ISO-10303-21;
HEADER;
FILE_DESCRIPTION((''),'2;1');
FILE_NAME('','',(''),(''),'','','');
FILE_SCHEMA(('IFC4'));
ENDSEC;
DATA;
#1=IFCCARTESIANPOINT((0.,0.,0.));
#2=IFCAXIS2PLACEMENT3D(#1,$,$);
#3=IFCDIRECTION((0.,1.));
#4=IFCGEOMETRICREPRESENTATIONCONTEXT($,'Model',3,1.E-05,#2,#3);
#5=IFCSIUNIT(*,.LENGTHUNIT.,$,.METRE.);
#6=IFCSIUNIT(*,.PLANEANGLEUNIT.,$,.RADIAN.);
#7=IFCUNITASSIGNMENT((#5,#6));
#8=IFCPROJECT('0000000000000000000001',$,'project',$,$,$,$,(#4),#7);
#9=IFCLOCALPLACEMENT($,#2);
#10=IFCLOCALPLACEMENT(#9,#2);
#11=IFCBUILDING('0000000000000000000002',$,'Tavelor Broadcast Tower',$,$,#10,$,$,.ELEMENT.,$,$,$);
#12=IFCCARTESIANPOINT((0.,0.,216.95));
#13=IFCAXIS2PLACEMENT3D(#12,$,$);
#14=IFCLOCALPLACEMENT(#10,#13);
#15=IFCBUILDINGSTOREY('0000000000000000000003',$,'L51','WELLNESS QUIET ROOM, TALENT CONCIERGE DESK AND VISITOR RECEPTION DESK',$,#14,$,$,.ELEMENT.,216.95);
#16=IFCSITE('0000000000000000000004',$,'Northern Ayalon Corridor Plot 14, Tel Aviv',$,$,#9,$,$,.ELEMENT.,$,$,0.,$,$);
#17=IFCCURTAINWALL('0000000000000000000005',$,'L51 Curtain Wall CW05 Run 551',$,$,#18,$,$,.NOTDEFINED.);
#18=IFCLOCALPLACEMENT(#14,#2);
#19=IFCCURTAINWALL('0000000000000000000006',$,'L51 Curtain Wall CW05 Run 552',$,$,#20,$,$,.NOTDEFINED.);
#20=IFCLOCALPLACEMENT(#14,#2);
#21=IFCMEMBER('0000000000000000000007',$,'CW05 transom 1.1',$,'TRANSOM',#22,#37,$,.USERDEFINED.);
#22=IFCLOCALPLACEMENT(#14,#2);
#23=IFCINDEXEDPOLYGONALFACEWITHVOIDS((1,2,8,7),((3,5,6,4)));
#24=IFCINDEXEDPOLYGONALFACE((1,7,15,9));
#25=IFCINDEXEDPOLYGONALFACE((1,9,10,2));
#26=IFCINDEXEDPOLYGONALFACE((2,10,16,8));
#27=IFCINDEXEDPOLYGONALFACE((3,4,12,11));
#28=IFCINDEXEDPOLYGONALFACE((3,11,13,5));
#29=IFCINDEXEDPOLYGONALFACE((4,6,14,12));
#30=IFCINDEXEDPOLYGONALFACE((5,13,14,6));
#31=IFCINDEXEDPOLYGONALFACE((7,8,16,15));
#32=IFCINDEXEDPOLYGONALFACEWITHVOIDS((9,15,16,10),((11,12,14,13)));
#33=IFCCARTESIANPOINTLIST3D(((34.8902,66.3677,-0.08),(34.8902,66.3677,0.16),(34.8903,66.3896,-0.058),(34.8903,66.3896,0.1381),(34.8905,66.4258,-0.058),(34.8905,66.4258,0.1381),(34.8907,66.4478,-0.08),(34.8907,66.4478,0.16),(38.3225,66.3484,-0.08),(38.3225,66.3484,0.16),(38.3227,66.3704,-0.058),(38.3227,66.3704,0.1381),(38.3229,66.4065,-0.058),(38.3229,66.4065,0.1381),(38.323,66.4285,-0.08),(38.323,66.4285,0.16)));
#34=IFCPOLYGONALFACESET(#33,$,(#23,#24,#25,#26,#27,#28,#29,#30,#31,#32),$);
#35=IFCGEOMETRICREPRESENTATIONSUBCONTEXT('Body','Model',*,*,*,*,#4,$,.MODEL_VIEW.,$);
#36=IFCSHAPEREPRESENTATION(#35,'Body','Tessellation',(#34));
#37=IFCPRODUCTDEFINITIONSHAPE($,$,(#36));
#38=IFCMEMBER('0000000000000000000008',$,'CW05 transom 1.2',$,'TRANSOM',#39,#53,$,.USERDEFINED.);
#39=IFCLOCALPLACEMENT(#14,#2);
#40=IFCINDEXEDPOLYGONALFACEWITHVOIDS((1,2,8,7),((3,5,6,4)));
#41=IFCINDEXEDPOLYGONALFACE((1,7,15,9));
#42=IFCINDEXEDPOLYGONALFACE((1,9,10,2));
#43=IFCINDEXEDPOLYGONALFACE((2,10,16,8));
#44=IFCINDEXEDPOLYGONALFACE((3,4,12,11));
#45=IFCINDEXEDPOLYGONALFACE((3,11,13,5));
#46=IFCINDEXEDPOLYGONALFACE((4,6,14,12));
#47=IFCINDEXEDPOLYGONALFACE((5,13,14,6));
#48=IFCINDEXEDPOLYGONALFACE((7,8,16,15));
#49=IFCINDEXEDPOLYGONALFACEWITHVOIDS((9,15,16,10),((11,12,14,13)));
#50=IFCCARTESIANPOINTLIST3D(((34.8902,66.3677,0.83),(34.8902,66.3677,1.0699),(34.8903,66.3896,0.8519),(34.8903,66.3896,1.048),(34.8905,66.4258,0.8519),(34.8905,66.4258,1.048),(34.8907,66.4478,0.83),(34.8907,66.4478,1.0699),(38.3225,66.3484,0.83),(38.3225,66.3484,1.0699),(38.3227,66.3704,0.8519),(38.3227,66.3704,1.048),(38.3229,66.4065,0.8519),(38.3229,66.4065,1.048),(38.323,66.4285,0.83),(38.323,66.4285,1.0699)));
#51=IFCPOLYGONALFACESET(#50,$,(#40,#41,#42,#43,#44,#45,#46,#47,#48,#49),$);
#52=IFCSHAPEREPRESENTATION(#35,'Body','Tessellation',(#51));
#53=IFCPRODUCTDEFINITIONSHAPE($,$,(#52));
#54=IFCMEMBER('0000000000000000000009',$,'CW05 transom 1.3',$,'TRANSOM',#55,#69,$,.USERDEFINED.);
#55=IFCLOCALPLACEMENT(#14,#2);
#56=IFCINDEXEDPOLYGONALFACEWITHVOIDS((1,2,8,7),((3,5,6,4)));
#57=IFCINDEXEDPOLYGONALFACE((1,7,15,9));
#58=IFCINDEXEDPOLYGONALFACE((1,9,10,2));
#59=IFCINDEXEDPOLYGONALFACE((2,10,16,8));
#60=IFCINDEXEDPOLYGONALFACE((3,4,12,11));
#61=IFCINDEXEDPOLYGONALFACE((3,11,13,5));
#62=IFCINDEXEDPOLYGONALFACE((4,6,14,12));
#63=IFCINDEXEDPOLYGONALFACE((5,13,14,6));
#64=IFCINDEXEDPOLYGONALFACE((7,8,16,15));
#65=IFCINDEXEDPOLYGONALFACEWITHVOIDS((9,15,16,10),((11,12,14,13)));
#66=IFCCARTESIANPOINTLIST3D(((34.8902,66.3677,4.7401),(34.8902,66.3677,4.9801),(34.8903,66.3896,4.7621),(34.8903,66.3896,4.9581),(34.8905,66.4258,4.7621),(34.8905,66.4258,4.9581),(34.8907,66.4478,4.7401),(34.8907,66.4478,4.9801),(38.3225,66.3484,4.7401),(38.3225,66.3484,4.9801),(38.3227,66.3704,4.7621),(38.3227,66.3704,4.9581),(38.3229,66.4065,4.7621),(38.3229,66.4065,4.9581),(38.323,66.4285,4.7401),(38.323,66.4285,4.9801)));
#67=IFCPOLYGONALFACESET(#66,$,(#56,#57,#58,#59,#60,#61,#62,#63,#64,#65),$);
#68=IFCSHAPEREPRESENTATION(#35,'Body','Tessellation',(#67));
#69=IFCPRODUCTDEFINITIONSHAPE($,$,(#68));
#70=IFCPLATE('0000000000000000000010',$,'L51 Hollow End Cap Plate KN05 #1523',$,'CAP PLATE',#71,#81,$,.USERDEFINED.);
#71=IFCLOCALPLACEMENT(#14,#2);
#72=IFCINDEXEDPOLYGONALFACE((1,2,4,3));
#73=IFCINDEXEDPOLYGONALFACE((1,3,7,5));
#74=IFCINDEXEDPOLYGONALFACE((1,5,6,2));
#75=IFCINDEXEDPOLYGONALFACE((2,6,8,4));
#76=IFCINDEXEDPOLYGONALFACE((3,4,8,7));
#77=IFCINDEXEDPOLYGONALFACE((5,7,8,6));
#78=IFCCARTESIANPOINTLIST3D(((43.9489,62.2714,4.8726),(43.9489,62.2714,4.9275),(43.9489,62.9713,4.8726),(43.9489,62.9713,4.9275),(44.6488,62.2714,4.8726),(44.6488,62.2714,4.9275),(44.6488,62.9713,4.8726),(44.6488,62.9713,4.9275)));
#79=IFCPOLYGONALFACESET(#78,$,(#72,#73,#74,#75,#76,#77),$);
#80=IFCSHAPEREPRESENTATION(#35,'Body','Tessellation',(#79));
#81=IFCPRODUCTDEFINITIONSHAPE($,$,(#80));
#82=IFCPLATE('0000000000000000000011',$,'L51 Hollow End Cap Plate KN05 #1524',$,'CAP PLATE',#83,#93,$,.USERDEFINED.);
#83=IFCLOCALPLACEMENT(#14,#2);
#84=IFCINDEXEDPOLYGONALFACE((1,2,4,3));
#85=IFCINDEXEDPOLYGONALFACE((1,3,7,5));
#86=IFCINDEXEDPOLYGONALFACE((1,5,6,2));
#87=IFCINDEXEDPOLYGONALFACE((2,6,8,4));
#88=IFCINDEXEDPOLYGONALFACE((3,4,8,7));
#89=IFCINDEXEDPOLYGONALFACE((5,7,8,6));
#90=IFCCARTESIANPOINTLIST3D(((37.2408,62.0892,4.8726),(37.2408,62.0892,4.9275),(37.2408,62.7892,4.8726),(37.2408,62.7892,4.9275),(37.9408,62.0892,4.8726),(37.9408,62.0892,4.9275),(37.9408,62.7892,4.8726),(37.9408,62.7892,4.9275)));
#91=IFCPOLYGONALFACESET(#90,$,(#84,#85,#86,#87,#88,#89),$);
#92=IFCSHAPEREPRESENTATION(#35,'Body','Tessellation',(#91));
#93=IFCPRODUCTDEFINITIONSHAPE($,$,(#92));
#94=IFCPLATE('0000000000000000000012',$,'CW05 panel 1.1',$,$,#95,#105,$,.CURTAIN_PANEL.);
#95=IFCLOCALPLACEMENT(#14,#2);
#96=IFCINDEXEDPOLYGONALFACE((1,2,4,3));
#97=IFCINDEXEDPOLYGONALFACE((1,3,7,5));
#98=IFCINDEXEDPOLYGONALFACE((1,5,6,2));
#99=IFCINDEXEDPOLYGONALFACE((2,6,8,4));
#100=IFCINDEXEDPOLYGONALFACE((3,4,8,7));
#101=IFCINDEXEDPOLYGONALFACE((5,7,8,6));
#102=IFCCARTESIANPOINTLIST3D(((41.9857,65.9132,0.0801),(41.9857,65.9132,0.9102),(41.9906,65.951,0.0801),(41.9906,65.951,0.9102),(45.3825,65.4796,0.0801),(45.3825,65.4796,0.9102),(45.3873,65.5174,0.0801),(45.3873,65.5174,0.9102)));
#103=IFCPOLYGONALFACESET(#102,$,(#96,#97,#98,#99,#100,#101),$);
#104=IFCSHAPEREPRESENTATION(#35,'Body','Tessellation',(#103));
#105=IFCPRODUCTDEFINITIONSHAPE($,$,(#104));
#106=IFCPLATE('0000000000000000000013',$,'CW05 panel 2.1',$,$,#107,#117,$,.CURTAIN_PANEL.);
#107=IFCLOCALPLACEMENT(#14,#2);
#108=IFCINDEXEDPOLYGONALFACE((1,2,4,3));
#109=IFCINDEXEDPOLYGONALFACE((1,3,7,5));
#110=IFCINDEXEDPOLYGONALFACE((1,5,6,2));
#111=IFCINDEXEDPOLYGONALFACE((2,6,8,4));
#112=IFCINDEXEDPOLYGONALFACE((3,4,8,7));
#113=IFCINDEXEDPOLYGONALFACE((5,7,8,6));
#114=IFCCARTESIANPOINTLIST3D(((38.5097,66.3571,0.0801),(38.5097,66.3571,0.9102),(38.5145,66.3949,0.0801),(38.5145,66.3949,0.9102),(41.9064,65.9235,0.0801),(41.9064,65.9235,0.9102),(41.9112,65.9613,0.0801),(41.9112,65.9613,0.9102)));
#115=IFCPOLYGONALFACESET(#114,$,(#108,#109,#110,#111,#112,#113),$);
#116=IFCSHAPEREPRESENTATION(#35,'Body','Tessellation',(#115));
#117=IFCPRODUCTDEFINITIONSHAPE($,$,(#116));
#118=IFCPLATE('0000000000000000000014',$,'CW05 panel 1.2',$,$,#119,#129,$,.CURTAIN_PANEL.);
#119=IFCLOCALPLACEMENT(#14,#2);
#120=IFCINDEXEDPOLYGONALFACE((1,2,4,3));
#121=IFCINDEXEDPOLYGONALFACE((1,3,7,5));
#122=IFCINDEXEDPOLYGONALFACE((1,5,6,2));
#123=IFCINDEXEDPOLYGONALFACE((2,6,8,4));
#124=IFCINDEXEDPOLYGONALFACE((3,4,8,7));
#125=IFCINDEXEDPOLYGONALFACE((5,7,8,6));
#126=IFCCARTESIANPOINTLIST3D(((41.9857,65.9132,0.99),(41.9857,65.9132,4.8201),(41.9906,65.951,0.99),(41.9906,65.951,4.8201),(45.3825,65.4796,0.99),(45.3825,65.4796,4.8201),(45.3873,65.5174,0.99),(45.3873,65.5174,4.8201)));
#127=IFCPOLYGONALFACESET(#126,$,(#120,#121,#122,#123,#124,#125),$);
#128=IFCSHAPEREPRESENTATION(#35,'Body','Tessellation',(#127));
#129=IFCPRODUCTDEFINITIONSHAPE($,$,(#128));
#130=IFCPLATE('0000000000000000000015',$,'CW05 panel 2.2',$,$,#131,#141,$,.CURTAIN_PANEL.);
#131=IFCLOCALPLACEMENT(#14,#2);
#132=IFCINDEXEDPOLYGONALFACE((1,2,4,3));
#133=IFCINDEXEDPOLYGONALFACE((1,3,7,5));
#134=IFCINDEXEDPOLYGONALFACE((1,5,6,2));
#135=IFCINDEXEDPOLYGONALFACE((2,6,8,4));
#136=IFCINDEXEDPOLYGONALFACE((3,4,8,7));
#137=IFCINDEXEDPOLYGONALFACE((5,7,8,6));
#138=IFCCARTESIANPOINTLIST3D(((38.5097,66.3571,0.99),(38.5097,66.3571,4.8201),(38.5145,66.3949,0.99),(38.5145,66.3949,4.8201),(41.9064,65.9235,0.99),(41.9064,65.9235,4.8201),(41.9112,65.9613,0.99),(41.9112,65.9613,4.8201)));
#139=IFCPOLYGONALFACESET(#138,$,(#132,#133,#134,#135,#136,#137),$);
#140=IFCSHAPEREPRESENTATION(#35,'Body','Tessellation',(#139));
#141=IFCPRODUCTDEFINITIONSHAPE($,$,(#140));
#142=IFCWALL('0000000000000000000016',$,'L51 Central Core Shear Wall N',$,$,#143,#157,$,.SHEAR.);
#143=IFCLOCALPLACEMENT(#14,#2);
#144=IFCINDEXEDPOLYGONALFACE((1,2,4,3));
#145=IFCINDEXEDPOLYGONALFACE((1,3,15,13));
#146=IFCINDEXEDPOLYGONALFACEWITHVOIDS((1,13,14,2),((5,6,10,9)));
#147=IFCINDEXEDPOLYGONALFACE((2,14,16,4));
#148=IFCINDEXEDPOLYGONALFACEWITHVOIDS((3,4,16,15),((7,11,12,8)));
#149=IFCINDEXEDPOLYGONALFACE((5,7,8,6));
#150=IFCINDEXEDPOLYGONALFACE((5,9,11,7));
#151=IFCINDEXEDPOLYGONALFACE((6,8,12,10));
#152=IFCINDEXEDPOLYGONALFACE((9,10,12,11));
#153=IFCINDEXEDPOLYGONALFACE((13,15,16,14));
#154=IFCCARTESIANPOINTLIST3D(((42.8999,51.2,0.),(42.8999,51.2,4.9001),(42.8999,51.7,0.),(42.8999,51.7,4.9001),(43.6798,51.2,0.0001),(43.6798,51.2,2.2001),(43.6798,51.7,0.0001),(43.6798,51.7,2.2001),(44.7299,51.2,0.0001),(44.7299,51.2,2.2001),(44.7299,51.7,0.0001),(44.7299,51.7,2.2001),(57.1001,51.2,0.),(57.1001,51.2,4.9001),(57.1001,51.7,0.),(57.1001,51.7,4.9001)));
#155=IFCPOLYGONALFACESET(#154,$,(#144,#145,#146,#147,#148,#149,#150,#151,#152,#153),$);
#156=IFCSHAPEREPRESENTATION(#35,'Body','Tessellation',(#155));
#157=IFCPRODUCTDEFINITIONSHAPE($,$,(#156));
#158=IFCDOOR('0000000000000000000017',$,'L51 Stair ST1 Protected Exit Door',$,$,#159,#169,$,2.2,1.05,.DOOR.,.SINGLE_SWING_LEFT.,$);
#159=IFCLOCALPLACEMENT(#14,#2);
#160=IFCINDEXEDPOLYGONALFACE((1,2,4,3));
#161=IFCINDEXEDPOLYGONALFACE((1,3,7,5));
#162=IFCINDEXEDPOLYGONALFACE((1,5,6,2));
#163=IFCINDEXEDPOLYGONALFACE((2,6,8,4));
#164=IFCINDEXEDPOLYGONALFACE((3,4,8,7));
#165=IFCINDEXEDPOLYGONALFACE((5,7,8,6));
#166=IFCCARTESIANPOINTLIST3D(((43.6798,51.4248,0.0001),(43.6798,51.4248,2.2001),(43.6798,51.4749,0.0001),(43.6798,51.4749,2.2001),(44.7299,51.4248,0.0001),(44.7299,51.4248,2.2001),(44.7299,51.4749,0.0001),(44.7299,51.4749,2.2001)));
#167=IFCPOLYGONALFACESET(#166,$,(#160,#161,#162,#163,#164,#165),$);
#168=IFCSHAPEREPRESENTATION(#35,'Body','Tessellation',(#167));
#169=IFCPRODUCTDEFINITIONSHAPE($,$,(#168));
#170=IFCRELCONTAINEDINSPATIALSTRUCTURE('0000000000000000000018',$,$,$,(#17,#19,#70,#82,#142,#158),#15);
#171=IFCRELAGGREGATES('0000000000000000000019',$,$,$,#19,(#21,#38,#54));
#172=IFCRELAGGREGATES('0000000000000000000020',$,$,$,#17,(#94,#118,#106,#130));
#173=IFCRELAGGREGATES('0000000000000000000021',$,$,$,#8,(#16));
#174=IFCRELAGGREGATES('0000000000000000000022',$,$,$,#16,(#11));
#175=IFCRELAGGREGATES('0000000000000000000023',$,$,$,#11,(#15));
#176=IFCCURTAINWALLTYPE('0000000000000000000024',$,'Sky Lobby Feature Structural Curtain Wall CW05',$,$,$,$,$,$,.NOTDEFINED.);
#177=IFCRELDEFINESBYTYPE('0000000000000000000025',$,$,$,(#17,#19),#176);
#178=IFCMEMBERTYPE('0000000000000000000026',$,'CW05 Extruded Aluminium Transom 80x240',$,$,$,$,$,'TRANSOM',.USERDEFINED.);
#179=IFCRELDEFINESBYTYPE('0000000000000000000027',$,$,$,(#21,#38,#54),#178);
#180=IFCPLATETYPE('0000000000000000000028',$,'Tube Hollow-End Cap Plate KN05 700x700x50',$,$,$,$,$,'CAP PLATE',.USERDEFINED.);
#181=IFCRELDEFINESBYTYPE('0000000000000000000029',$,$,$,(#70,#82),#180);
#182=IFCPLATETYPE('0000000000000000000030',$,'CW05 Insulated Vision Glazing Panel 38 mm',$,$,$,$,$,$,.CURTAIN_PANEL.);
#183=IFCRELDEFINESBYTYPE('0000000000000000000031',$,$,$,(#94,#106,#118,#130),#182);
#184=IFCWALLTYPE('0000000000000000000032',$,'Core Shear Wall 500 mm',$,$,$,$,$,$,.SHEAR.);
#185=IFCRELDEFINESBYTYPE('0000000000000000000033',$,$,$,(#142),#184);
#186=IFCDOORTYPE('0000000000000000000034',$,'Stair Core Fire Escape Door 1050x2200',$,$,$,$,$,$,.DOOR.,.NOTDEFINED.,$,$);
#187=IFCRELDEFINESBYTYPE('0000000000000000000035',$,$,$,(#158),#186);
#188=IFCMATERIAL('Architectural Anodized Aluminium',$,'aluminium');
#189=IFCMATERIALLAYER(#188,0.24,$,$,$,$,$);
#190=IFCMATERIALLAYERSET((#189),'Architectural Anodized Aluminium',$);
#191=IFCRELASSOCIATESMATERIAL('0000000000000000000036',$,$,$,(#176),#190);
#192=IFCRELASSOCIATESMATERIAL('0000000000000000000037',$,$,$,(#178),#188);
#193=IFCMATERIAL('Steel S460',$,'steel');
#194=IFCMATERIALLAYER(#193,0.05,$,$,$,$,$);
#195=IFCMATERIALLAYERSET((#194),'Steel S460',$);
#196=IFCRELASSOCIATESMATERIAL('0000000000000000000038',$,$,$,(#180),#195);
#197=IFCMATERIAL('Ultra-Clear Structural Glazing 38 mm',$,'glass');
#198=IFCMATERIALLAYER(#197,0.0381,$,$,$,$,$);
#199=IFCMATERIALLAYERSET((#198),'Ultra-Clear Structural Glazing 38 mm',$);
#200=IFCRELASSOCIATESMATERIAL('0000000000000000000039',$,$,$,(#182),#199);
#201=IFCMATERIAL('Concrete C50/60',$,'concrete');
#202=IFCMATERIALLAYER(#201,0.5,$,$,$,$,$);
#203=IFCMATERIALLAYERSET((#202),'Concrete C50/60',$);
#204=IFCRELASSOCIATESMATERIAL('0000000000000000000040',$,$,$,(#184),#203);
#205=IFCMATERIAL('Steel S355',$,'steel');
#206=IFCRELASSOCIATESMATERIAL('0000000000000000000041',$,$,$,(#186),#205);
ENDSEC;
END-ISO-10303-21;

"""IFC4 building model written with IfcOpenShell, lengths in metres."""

from ifc_helpers import new_model, si_unit, direction, frame, frame_2d, origin, origin_2d, place, context, subcontext, project, spatial, rectangle, hollow_rectangle, extrude, source, transform, mapped, material, layer, layer_set, material_profile, profile_set, type_object, type_shapes, element, fill, aggregate, save


model = new_model("IFC4")

# Units and contexts
model_context = context("Model", 3, precision=1e-05, world=origin(), true_north=direction((0.0, 1.0)))
body_context = subcontext(model_context, "Body", "Model", "MODEL_VIEW")
ifc_project = project(units=[si_unit("LENGTHUNIT", "METRE"), si_unit("PLANEANGLEUNIT", "RADIAN")], contexts=[model_context])

# Site, building, storey
site_placement = place(None, origin())
site = spatial("IfcSite", under=ifc_project, at=site_placement, Name="Northern Ayalon Corridor Plot 14, Tel Aviv", CompositionType="ELEMENT", RefElevation=0.0)
building_placement = place(site_placement, origin())
building = spatial("IfcBuilding", under=site, at=building_placement, Name="Tavelor Broadcast Tower", CompositionType="ELEMENT")
storey_placement = place(building_placement, frame((0.0, 0.0, 216.95)))
storey = spatial("IfcBuildingStorey", under=building, at=storey_placement, Name="L51", Description="WELLNESS QUIET ROOM, TALENT CONCIERGE DESK AND VISITOR RECEPTION DESK", CompositionType="ELEMENT", Elevation=216.95)

# Shared definitions
ifc_material_1 = material(Name="Steel S460", Category="steel")

# Shared definitions
ifc_material_2 = material(Name="Steel S355", Category="steel")

# Curtain wall
ifc_material_3 = material(Name="Architectural Anodized Aluminium", Category="aluminium")
ifc_layer_1 = layer(ifc_material_3, 0.24)
ifc_layer_set_1 = layer_set([ifc_layer_1], Name="Architectural Anodized Aluminium")
curtain_wall_type = type_object("IfcCurtainWallType", Name="Sky Lobby Feature Structural Curtain Wall CW05", PredefinedType="NOTDEFINED", material=ifc_layer_set_1)
curtain_wall_1_placement = place(storey_placement, origin())
curtain_wall_1 = element("IfcCurtainWall", 1, at=curtain_wall_1_placement, inside=storey, type_object=curtain_wall_type, Name="L51 Curtain Wall CW05 Run 551", PredefinedType="NOTDEFINED")

# Curtain wall
curtain_wall_2_placement = place(storey_placement, origin())
curtain_wall_2 = element("IfcCurtainWall", 2, at=curtain_wall_2_placement, inside=storey, type_object=curtain_wall_type, Name="L51 Curtain Wall CW05 Run 552", PredefinedType="NOTDEFINED")

# Members
ifc_material_profile_1 = material_profile(ifc_material_3, hollow_rectangle(XDim=0.0801, YDim=0.24, WallThickness=0.022, at=origin_2d()), Name="RHS 80x240x22")
ifc_profile_set_1 = profile_set([ifc_material_profile_1], Name="Architectural Anodized Aluminium")
member_type_1 = type_object("IfcMemberType", Name="CW05 Extruded Aluminium Transom 80x240", ElementType="TRANSOM", PredefinedType="USERDEFINED", material=ifc_profile_set_1)
shared_shape_1 = source(origin(), body_context, "Body", "SweptSolid", [
    extrude(hollow_rectangle(XDim=0.0801, YDim=0.24, WallThickness=0.022, at=origin_2d()), origin(), (0.0, 0.0, 1.0), 3.4324),
])
member_1_placement = place(storey_placement, frame((38.3228, 66.3884, 0.04), z_axis=(-0.999984, 0.005619, 0.0), x_axis=(-0.005619, -0.999984, 0.0)))
member_1 = element("IfcMember", 3, at=member_1_placement, type_object=member_type_1, Name="CW05 transom 1.1", ObjectType="TRANSOM", PredefinedType="USERDEFINED", context=body_context, shape_type="MappedRepresentation", body=[
    mapped(shared_shape_1, transform((0.0, 0.0, 0.0), scale=1.0)),
])
member_2_placement = place(storey_placement, frame((38.3228, 66.3884, 0.95), z_axis=(-0.999984, 0.005619, 0.0), x_axis=(-0.005619, -0.999984, 0.0)))
member_2 = element("IfcMember", 4, at=member_2_placement, type_object=member_type_1, Name="CW05 transom 1.2", ObjectType="TRANSOM", PredefinedType="USERDEFINED", context=body_context, shape_type="MappedRepresentation", body=[
    mapped(shared_shape_1, transform((0.0, 0.0, 0.0), scale=1.0)),
])
member_3_placement = place(storey_placement, frame((38.3228, 66.3884, 4.8601), z_axis=(-0.999984, 0.005619, 0.0), x_axis=(-0.005619, -0.999984, 0.0)))
member_3 = element("IfcMember", 5, at=member_3_placement, type_object=member_type_1, Name="CW05 transom 1.3", ObjectType="TRANSOM", PredefinedType="USERDEFINED", context=body_context, shape_type="MappedRepresentation", body=[
    mapped(shared_shape_1, transform((0.0, 0.0, 0.0), scale=1.0)),
])
aggregate(curtain_wall_2, [member_1, member_2, member_3])

# Plates
ifc_layer_2 = layer(ifc_material_1, 0.05)
ifc_layer_set_2 = layer_set([ifc_layer_2], Name="Steel S460")
plate_type_1 = type_object("IfcPlateType", Name="Tube Hollow-End Cap Plate KN05 700x700x50", ElementType="CAP PLATE", PredefinedType="USERDEFINED", material=ifc_layer_set_2)
shared_shape_2 = source(origin(), body_context, "Body", "SweptSolid", [
    extrude(rectangle(XDim=0.7, YDim=0.7, at=origin_2d()), origin(), (0.0, 0.0, 1.0), 0.0549),
])
type_shapes(plate_type_1, [shared_shape_2])
for number, where, z_axis, x_axis, name in (
    (6, (44.2988, 62.6213, 4.8726), (0.0, 0.0, 1.0), (1.0, 0.0, 0.0), "L51 Hollow End Cap Plate KN05 #1523"),
    (7, (37.5908, 62.4392, 4.8726), (0.0, 0.0, 1.0), (1.0, 0.0, 0.0), "L51 Hollow End Cap Plate KN05 #1524"),
):
    element("IfcPlate", number, at=place(storey_placement, frame(where, z_axis=z_axis, x_axis=x_axis)), inside=storey, type_object=plate_type_1, Name=name, ObjectType="CAP PLATE", PredefinedType="USERDEFINED", context=body_context, shape_type="MappedRepresentation", body=[
        mapped(shared_shape_2, transform((0.0, 0.0, 0.0), scale=1.0)),
    ])

# Plates
ifc_material_4 = material(Name="Ultra-Clear Structural Glazing 38 mm", Category="glass")
ifc_layer_3 = layer(ifc_material_4, 0.0381)
ifc_layer_set_3 = layer_set([ifc_layer_3], Name="Ultra-Clear Structural Glazing 38 mm")
plate_type_2 = type_object("IfcPlateType", Name="CW05 Insulated Vision Glazing Panel 38 mm", PredefinedType="CURTAIN_PANEL", material=ifc_layer_set_3)
shared_shape_3 = source(origin(), body_context, "Body", "SweptSolid", [
    extrude(rectangle(XDim=3.4243, YDim=0.0381, at=origin_2d()), origin(), (0.0, 0.0, 1.0), 0.8301),
])
plate_1_placement = place(storey_placement, frame((43.6865, 65.7153, 0.0801), z_axis=(0.0, 0.0, 1.0), x_axis=(-0.991951, 0.126621, 0.0)))
plate_1 = element("IfcPlate", 8, at=plate_1_placement, type_object=plate_type_2, Name="CW05 panel 1.1", PredefinedType="CURTAIN_PANEL", context=body_context, shape_type="MappedRepresentation", body=[
    mapped(shared_shape_3, transform((0.0, 0.0, 0.0), scale=1.0)),
])
plate_2_placement = place(storey_placement, frame((40.2104, 66.1592, 0.0801), z_axis=(0.0, 0.0, 1.0), x_axis=(-0.991951, 0.126621, 0.0)))
plate_2 = element("IfcPlate", 9, at=plate_2_placement, type_object=plate_type_2, Name="CW05 panel 2.1", PredefinedType="CURTAIN_PANEL", context=body_context, shape_type="MappedRepresentation", body=[
    mapped(shared_shape_3, transform((0.0, 0.0, 0.0), scale=1.0)),
])
shared_shape_4 = source(origin(), body_context, "Body", "SweptSolid", [
    extrude(rectangle(XDim=3.4243, YDim=0.0381, at=origin_2d()), origin(), (0.0, 0.0, 1.0), 3.8301),
])
type_shapes(plate_type_2, [shared_shape_3, shared_shape_4])
plate_3_placement = place(storey_placement, frame((43.6865, 65.7153, 0.99), z_axis=(0.0, 0.0, 1.0), x_axis=(-0.991951, 0.126621, 0.0)))
plate_3 = element("IfcPlate", 10, at=plate_3_placement, type_object=plate_type_2, Name="CW05 panel 1.2", PredefinedType="CURTAIN_PANEL", context=body_context, shape_type="MappedRepresentation", body=[
    mapped(shared_shape_4, transform((0.0, 0.0, 0.0), scale=1.0)),
])
plate_4_placement = place(storey_placement, frame((40.2104, 66.1592, 0.99), z_axis=(0.0, 0.0, 1.0), x_axis=(-0.991951, 0.126621, 0.0)))
plate_4 = element("IfcPlate", 11, at=plate_4_placement, type_object=plate_type_2, Name="CW05 panel 2.2", PredefinedType="CURTAIN_PANEL", context=body_context, shape_type="MappedRepresentation", body=[
    mapped(shared_shape_4, transform((0.0, 0.0, 0.0), scale=1.0)),
])
aggregate(curtain_wall_1, [plate_1, plate_3, plate_2, plate_4])

# Wall, opening, door
ifc_material_5 = material(Name="Concrete C50/60", Category="concrete")
ifc_layer_4 = layer(ifc_material_5, 0.5)
ifc_layer_set_4 = layer_set([ifc_layer_4], Name="Concrete C50/60")
wall_type = type_object("IfcWallType", Name="Core Shear Wall 500 mm", PredefinedType="SHEAR", material=ifc_layer_set_4)
wall_placement = place(storey_placement, frame((42.8999, 51.45, 0.0), z_axis=(0.0, 0.0, 1.0), x_axis=(1.0, 0.0, 0.0)))
wall = element("IfcWall", 12, at=wall_placement, inside=storey, type_object=wall_type, Name="L51 Central Core Shear Wall N", PredefinedType="SHEAR", context=body_context, shape_type="SweptSolid", body=[
    extrude(rectangle(XDim=14.2002, YDim=0.5, at=frame_2d((7.1001, 0.0))), origin(), (0.0, 0.0, 1.0), 4.9001),
])
opening_placement = place(wall_placement, frame((0.78, 0.0, 0.0)))
opening = element("IfcOpeningElement", 13, at=opening_placement, cuts=wall, PredefinedType="OPENING", context=body_context, shape_type="SweptSolid", body=[
    extrude(rectangle(XDim=1.05, YDim=2.2, at=frame_2d((0.5249, 1.1001))), frame((0.0, 0.26, 0.0), z_axis=(0.0, -1.0, 0.0), x_axis=(1.0, 0.0, 0.0)), (0.0, 0.0, 1.0), 0.52),
])
door_type = type_object("IfcDoorType", Name="Stair Core Fire Escape Door 1050x2200", OperationType="NOTDEFINED", PredefinedType="DOOR", material=ifc_material_2)
door_placement = place(opening_placement, origin())
door = element("IfcDoor", 14, at=door_placement, inside=storey, type_object=door_type, Name="L51 Stair ST1 Protected Exit Door", OperationType="SINGLE_SWING_LEFT", OverallHeight=2.2, OverallWidth=1.05, PredefinedType="DOOR", context=body_context, shape_type="SweptSolid", body=[
    extrude(rectangle(XDim=1.05, YDim=2.2, at=frame_2d((0.5249, 1.1001))), frame((0.0, 0.0249, 0.0), z_axis=(0.0, -1.0, 0.0), x_axis=(1.0, 0.0, 0.0)), (0.0, 0.0, 1.0), 0.05),
])
fill(opening, door)

save(model, "model.ifc")
